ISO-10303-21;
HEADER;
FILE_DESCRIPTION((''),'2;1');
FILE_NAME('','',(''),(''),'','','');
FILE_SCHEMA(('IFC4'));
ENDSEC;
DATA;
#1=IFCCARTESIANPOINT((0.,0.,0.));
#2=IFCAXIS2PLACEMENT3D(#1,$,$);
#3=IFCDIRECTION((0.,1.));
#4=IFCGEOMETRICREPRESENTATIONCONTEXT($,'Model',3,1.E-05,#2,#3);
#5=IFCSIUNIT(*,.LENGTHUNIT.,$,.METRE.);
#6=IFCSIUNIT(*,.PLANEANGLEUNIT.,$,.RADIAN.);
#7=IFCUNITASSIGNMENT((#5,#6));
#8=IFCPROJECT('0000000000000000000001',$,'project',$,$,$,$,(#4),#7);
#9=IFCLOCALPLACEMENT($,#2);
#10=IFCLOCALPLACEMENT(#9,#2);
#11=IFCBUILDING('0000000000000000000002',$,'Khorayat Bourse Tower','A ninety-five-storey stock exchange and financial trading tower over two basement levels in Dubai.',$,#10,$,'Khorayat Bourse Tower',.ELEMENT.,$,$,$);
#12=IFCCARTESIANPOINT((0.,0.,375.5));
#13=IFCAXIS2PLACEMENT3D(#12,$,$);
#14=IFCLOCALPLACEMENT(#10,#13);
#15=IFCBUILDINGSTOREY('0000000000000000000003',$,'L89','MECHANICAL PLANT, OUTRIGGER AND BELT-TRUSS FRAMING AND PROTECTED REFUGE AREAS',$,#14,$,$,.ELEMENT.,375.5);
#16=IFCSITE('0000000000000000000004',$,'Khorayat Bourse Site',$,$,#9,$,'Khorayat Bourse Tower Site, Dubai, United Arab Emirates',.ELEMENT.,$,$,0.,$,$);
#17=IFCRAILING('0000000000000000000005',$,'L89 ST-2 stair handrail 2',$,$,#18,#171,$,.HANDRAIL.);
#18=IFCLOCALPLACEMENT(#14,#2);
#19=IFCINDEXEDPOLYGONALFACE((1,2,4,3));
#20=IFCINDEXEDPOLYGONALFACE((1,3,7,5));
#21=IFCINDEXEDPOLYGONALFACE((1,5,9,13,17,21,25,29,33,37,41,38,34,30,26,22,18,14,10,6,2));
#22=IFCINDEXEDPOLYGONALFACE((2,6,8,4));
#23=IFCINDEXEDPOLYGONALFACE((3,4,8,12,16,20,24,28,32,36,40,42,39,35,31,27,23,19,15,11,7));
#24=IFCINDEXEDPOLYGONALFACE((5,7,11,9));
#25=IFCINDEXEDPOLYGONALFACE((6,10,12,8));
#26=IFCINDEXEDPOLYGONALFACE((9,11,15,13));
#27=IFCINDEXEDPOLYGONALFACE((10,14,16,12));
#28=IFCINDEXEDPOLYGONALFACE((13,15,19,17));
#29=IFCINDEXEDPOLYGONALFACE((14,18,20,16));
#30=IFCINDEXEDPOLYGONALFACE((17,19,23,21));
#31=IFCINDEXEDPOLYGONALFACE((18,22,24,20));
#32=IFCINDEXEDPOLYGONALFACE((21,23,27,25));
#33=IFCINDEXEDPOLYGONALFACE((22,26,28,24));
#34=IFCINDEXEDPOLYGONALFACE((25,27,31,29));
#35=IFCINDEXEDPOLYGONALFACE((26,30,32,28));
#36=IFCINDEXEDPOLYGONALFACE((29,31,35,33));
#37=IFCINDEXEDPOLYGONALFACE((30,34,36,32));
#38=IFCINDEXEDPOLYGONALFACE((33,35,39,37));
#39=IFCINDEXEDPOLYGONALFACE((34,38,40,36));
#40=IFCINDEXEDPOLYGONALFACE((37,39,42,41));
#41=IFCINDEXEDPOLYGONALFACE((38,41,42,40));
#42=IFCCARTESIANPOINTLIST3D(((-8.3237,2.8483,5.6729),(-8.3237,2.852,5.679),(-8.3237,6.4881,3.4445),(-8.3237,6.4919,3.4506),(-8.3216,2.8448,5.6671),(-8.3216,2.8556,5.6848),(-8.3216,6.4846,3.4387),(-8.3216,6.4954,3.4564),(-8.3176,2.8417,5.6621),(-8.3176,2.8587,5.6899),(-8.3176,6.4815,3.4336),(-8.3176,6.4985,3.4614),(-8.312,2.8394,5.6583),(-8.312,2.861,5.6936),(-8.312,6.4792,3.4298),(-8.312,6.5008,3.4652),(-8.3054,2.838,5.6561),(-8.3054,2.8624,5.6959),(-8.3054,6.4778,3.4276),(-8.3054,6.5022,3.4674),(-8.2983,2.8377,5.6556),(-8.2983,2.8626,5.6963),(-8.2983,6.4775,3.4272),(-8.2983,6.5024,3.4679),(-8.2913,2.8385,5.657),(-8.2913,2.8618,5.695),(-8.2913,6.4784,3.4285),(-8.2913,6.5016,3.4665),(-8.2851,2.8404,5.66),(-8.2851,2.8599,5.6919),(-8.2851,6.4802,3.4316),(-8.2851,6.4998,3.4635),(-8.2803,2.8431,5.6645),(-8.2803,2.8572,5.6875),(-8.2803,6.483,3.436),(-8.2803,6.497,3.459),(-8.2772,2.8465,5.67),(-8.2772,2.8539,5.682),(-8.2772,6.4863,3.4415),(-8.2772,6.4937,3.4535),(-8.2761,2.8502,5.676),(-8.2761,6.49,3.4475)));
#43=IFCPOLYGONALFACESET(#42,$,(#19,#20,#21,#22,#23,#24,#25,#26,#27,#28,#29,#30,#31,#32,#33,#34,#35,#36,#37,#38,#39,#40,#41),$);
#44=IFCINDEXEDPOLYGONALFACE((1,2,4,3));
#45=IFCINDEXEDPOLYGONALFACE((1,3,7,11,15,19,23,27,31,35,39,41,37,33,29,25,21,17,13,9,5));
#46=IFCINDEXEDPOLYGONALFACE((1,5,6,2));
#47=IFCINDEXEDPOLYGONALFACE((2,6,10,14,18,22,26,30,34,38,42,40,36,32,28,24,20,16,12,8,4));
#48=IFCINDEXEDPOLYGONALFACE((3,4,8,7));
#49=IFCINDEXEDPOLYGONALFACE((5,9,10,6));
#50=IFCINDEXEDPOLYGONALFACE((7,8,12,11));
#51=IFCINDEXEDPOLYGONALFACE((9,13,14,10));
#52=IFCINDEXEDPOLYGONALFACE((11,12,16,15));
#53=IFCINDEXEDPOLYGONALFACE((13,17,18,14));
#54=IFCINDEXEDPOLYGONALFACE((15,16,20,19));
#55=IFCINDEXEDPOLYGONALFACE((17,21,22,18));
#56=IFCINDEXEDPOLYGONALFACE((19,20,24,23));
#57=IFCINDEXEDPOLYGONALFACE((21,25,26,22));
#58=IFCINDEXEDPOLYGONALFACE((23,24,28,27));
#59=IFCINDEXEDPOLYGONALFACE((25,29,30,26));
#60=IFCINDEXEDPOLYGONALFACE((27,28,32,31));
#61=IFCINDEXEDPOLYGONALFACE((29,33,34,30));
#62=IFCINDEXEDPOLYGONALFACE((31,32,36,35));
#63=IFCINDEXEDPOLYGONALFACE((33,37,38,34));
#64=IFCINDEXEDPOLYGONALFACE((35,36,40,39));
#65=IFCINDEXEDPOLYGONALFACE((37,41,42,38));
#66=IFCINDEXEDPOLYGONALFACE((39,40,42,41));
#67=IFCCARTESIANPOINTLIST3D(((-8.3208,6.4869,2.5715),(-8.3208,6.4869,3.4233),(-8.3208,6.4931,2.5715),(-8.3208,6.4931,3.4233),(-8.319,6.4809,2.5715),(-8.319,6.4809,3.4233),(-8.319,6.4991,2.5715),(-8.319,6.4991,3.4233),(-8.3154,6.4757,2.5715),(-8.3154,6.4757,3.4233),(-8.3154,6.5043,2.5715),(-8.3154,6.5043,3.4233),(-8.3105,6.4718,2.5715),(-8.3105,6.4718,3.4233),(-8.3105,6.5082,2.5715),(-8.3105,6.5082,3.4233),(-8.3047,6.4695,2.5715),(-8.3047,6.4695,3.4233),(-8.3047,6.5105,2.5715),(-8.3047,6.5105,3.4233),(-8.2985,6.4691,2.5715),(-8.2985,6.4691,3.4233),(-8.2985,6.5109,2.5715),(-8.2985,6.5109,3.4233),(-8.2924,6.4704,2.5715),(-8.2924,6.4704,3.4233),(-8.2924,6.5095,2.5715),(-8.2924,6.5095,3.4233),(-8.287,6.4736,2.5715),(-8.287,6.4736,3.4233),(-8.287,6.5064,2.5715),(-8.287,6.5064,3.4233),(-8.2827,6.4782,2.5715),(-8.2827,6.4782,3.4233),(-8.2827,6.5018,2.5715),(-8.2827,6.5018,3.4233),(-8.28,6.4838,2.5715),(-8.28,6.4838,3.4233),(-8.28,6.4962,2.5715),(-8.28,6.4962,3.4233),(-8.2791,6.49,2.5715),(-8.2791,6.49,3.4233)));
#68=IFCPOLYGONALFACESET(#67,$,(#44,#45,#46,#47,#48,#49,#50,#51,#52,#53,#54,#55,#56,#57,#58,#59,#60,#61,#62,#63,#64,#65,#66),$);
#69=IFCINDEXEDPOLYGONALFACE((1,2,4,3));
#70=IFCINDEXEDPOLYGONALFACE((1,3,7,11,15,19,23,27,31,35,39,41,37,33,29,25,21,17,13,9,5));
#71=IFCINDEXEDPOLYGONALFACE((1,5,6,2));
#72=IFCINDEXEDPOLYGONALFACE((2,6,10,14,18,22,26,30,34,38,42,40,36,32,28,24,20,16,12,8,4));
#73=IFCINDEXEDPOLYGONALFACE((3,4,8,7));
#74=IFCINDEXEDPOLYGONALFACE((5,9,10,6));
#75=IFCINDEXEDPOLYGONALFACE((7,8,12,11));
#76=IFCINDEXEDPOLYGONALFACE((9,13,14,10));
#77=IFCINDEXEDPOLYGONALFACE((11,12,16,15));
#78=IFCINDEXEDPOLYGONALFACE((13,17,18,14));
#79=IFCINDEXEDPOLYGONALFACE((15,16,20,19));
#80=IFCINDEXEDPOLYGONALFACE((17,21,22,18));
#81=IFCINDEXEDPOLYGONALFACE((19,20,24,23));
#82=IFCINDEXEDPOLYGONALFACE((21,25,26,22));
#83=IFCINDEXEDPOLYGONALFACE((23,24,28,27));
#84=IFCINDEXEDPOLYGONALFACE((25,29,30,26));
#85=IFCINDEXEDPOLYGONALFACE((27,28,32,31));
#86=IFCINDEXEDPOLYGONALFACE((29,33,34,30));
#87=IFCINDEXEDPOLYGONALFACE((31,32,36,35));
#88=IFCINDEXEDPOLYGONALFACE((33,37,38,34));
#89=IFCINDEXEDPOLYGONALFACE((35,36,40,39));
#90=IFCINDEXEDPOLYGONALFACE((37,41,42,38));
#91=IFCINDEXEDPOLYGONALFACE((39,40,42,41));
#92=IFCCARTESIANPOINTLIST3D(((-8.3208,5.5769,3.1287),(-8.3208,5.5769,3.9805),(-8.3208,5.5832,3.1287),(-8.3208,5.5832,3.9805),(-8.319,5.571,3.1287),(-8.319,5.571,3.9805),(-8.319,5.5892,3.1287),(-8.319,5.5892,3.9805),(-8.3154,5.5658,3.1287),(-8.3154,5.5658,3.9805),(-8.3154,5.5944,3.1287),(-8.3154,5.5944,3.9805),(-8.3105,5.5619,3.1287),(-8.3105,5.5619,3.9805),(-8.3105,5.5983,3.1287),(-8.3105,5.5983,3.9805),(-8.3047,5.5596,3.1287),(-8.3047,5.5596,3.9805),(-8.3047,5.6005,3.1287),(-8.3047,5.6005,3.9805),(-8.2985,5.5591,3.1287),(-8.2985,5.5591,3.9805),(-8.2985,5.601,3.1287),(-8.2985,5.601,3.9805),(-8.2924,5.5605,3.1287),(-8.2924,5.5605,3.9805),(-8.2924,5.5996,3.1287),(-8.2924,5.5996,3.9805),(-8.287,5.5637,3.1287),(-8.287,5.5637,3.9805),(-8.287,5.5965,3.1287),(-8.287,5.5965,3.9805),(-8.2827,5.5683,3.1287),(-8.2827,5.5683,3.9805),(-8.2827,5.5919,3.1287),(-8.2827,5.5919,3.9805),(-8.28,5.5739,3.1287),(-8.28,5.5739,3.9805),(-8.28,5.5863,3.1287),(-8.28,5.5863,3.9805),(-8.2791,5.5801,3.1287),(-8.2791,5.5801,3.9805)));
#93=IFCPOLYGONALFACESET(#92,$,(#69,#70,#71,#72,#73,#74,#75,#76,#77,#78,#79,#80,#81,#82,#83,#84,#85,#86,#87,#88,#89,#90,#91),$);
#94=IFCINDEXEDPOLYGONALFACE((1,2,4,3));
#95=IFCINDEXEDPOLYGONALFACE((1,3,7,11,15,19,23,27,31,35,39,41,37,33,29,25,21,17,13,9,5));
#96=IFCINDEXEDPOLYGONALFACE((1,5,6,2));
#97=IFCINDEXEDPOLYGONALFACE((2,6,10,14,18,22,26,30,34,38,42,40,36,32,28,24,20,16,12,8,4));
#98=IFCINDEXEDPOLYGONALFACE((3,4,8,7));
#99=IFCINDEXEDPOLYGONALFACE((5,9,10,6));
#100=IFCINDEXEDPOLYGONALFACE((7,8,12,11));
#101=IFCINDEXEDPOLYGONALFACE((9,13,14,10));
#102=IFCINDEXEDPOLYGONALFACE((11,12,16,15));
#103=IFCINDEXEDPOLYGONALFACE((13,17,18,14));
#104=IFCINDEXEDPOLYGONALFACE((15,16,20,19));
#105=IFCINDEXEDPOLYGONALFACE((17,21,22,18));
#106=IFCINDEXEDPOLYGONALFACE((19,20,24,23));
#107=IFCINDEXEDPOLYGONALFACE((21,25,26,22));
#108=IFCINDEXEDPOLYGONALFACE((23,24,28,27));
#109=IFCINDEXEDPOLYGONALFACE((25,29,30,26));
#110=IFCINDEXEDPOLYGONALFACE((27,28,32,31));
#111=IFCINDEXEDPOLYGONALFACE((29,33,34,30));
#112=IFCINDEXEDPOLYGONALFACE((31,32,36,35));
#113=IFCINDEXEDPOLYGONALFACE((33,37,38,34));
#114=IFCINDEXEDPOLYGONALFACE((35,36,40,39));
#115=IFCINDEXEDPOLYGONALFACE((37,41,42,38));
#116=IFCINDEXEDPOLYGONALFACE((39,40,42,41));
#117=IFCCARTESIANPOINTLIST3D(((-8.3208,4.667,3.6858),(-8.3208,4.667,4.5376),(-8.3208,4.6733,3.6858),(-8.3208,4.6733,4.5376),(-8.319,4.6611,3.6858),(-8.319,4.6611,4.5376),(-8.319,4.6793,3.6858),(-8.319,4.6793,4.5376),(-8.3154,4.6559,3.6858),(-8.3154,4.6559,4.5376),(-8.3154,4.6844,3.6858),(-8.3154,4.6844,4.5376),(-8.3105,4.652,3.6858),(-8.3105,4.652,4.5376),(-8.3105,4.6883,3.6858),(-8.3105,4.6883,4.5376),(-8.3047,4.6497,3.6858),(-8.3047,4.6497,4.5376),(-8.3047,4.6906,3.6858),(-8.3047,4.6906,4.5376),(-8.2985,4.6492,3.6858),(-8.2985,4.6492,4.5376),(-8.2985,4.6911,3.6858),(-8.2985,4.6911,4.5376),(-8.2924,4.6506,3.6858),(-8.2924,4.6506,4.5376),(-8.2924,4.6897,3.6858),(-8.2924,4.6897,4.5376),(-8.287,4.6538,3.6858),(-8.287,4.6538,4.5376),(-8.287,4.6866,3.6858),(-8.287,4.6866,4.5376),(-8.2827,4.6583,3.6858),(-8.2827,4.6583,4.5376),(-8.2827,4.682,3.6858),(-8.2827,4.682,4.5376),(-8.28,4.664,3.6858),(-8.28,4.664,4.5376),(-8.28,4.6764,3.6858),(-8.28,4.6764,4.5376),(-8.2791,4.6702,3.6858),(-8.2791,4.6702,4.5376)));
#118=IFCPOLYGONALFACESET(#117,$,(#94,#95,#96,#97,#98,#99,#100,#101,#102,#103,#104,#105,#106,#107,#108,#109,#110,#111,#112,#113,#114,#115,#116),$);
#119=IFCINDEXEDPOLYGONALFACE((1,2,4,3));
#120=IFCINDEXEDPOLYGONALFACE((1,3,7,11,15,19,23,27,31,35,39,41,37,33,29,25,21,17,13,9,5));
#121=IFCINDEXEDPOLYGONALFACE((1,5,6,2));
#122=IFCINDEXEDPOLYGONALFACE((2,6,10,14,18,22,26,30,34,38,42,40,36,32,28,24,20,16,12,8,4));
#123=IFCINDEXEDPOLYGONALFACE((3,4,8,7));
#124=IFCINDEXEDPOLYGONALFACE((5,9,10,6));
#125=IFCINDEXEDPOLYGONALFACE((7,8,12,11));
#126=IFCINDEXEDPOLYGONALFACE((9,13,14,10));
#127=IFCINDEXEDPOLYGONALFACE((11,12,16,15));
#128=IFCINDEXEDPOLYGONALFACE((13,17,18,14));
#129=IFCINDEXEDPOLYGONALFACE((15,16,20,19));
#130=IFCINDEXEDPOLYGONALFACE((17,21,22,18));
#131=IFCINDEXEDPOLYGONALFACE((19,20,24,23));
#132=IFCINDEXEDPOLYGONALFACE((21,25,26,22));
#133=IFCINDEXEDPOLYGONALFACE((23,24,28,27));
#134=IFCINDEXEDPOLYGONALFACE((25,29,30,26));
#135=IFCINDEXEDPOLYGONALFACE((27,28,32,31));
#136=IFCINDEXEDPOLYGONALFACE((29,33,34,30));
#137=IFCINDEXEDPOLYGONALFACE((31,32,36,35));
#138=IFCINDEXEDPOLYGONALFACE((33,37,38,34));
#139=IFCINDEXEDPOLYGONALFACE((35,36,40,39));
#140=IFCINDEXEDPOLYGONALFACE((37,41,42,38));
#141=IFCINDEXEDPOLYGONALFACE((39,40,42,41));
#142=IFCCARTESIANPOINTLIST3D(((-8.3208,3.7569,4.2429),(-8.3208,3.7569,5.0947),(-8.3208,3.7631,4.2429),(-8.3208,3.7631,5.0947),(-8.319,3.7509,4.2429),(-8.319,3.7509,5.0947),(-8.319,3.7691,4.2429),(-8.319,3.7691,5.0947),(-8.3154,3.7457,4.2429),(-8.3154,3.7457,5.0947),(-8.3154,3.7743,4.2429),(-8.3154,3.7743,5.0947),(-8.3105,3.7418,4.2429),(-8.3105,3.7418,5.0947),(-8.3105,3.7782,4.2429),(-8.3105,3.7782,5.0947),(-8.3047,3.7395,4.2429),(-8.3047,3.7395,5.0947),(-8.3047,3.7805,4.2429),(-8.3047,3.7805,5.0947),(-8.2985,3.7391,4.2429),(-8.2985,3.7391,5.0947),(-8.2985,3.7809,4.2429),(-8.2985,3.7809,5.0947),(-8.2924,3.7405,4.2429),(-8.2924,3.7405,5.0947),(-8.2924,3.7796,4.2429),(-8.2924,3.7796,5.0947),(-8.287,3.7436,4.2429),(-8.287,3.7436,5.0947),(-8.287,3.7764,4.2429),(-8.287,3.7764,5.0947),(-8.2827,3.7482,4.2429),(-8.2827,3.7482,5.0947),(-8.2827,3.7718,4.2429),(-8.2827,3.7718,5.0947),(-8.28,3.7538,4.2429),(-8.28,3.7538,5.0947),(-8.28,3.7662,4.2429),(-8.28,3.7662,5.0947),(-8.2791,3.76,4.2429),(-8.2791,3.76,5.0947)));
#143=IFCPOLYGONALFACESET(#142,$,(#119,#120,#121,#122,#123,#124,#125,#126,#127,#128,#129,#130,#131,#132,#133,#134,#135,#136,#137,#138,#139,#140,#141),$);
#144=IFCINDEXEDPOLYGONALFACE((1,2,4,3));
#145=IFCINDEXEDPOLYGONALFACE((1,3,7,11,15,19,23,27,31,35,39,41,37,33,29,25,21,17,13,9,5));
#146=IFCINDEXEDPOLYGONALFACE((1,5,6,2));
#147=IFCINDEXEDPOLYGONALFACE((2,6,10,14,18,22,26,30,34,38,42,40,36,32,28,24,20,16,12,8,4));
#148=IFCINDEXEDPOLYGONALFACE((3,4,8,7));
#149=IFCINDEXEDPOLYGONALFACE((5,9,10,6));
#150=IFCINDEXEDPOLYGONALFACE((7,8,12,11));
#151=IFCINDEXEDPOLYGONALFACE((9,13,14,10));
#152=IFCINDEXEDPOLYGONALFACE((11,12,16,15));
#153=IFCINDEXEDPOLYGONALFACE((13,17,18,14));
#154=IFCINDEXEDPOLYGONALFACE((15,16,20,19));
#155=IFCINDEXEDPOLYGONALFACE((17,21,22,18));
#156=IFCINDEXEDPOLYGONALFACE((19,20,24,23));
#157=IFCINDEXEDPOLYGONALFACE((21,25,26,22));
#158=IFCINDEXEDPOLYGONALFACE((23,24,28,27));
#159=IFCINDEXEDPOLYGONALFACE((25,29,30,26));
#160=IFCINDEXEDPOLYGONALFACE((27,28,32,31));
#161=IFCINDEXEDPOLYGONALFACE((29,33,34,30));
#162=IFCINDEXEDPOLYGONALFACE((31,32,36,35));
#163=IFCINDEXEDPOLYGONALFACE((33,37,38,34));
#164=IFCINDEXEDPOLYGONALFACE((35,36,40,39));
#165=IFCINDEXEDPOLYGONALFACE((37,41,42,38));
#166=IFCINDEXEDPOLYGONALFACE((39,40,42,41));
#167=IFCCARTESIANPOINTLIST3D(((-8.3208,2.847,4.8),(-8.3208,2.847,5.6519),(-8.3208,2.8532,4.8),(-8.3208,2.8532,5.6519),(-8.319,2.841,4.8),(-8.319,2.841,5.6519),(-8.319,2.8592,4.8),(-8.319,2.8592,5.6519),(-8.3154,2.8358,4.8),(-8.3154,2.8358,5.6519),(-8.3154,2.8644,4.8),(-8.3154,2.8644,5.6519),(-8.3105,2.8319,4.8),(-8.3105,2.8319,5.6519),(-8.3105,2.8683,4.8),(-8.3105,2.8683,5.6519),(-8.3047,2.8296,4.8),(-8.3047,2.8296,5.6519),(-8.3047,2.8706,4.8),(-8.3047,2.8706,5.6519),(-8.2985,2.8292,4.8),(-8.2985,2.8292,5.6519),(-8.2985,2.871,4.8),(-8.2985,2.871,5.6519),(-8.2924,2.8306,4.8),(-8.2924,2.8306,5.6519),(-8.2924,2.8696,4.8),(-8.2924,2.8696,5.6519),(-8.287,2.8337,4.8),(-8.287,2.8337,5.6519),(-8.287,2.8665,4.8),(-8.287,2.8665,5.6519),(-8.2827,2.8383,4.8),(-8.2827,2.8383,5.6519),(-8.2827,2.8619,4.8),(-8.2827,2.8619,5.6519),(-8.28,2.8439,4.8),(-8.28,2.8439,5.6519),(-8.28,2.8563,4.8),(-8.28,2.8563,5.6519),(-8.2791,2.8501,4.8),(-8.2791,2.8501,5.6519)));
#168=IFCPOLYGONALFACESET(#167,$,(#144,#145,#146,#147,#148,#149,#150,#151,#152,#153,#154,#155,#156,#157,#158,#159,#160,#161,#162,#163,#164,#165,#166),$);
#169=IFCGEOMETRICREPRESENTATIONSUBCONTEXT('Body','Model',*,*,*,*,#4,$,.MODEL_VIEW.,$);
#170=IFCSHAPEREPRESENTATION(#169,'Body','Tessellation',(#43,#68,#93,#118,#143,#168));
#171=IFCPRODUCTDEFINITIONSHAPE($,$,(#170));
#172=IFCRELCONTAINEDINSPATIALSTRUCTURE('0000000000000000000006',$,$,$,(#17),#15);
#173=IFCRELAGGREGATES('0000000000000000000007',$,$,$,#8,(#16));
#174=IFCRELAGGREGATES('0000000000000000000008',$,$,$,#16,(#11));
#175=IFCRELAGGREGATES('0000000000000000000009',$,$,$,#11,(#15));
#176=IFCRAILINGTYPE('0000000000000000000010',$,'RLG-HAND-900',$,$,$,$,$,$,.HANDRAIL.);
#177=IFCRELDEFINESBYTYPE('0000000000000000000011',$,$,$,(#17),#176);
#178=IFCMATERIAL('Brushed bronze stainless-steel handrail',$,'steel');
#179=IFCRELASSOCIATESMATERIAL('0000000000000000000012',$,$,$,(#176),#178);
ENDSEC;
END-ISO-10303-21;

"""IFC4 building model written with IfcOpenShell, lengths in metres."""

from ifc_helpers import new_model, si_unit, direction, frame, origin, origin_2d, place, context, subcontext, project, spatial, circle, extrude, source, transform, mapped, material, type_object, element, save


model = new_model("IFC4")

# Units and contexts
model_context = context("Model", 3, precision=1e-05, world=origin(), true_north=direction((0.0, 1.0)))
body_context = subcontext(model_context, "Body", "Model", "MODEL_VIEW")
ifc_project = project(units=[si_unit("LENGTHUNIT", "METRE"), si_unit("PLANEANGLEUNIT", "RADIAN")], contexts=[model_context])

# Site, building, storey
site_placement = place(None, origin())
site = spatial("IfcSite", under=ifc_project, at=site_placement, Name="Khorayat Bourse Site", LongName="Khorayat Bourse Tower Site, Dubai, United Arab Emirates", CompositionType="ELEMENT", RefElevation=0.0)
building_placement = place(site_placement, origin())
building = spatial("IfcBuilding", under=site, at=building_placement, Name="Khorayat Bourse Tower", Description="A ninety-five-storey stock exchange and financial trading tower over two basement levels in Dubai.", LongName="Khorayat Bourse Tower", CompositionType="ELEMENT")
storey_placement = place(building_placement, frame((0.0, 0.0, 375.5)))
storey = spatial("IfcBuildingStorey", under=building, at=storey_placement, Name="L89", Description="MECHANICAL PLANT, OUTRIGGER AND BELT-TRUSS FRAMING AND PROTECTED REFUGE AREAS", CompositionType="ELEMENT", Elevation=375.5)

# Railing
ifc_material_1 = material(Name="Brushed bronze stainless-steel handrail", Category="steel")
railing_type_1 = type_object("IfcRailingType", Name="RLG-HAND-900", PredefinedType="HANDRAIL", material=ifc_material_1)
shared_shape_1 = source(origin(), body_context, "Body", "SweptSolid", [
    extrude(circle(Radius=0.0239, at=origin_2d()), frame((0.0, 0.0, 0.876), z_axis=(0.0, -0.85285, 0.522156), x_axis=(1.0, 0.0, 0.0)), (0.0, 0.0, 1.0), 4.2678),
    extrude(circle(Radius=0.021, at=origin_2d()), origin(), (0.0, 0.0, 1.0), 0.8518),
    extrude(circle(Radius=0.021, at=origin_2d()), frame((0.0, -0.9099, 0.5571)), (0.0, 0.0, 1.0), 0.8518),
    extrude(circle(Radius=0.021, at=origin_2d()), frame((0.0, -1.8198, 1.1143)), (0.0, 0.0, 1.0), 0.8518),
    extrude(circle(Radius=0.021, at=origin_2d()), frame((0.0, -2.73, 1.6714)), (0.0, 0.0, 1.0), 0.8518),
    extrude(circle(Radius=0.021, at=origin_2d()), frame((0.0, -3.6399, 2.2285)), (0.0, 0.0, 1.0), 0.8518),
])
railing_1_placement = place(storey_placement, frame((-8.3, 6.49, 2.5715)))
element("IfcRailing", 1, at=railing_1_placement, inside=storey, type_object=railing_type_1, Name="L89 ST-2 stair handrail 2", PredefinedType="HANDRAIL", context=body_context, shape_type="MappedRepresentation", body=[
    mapped(shared_shape_1, transform((0.0, 0.0, 0.0), scale=1.0)),
])

save(model, "model.ifc")
